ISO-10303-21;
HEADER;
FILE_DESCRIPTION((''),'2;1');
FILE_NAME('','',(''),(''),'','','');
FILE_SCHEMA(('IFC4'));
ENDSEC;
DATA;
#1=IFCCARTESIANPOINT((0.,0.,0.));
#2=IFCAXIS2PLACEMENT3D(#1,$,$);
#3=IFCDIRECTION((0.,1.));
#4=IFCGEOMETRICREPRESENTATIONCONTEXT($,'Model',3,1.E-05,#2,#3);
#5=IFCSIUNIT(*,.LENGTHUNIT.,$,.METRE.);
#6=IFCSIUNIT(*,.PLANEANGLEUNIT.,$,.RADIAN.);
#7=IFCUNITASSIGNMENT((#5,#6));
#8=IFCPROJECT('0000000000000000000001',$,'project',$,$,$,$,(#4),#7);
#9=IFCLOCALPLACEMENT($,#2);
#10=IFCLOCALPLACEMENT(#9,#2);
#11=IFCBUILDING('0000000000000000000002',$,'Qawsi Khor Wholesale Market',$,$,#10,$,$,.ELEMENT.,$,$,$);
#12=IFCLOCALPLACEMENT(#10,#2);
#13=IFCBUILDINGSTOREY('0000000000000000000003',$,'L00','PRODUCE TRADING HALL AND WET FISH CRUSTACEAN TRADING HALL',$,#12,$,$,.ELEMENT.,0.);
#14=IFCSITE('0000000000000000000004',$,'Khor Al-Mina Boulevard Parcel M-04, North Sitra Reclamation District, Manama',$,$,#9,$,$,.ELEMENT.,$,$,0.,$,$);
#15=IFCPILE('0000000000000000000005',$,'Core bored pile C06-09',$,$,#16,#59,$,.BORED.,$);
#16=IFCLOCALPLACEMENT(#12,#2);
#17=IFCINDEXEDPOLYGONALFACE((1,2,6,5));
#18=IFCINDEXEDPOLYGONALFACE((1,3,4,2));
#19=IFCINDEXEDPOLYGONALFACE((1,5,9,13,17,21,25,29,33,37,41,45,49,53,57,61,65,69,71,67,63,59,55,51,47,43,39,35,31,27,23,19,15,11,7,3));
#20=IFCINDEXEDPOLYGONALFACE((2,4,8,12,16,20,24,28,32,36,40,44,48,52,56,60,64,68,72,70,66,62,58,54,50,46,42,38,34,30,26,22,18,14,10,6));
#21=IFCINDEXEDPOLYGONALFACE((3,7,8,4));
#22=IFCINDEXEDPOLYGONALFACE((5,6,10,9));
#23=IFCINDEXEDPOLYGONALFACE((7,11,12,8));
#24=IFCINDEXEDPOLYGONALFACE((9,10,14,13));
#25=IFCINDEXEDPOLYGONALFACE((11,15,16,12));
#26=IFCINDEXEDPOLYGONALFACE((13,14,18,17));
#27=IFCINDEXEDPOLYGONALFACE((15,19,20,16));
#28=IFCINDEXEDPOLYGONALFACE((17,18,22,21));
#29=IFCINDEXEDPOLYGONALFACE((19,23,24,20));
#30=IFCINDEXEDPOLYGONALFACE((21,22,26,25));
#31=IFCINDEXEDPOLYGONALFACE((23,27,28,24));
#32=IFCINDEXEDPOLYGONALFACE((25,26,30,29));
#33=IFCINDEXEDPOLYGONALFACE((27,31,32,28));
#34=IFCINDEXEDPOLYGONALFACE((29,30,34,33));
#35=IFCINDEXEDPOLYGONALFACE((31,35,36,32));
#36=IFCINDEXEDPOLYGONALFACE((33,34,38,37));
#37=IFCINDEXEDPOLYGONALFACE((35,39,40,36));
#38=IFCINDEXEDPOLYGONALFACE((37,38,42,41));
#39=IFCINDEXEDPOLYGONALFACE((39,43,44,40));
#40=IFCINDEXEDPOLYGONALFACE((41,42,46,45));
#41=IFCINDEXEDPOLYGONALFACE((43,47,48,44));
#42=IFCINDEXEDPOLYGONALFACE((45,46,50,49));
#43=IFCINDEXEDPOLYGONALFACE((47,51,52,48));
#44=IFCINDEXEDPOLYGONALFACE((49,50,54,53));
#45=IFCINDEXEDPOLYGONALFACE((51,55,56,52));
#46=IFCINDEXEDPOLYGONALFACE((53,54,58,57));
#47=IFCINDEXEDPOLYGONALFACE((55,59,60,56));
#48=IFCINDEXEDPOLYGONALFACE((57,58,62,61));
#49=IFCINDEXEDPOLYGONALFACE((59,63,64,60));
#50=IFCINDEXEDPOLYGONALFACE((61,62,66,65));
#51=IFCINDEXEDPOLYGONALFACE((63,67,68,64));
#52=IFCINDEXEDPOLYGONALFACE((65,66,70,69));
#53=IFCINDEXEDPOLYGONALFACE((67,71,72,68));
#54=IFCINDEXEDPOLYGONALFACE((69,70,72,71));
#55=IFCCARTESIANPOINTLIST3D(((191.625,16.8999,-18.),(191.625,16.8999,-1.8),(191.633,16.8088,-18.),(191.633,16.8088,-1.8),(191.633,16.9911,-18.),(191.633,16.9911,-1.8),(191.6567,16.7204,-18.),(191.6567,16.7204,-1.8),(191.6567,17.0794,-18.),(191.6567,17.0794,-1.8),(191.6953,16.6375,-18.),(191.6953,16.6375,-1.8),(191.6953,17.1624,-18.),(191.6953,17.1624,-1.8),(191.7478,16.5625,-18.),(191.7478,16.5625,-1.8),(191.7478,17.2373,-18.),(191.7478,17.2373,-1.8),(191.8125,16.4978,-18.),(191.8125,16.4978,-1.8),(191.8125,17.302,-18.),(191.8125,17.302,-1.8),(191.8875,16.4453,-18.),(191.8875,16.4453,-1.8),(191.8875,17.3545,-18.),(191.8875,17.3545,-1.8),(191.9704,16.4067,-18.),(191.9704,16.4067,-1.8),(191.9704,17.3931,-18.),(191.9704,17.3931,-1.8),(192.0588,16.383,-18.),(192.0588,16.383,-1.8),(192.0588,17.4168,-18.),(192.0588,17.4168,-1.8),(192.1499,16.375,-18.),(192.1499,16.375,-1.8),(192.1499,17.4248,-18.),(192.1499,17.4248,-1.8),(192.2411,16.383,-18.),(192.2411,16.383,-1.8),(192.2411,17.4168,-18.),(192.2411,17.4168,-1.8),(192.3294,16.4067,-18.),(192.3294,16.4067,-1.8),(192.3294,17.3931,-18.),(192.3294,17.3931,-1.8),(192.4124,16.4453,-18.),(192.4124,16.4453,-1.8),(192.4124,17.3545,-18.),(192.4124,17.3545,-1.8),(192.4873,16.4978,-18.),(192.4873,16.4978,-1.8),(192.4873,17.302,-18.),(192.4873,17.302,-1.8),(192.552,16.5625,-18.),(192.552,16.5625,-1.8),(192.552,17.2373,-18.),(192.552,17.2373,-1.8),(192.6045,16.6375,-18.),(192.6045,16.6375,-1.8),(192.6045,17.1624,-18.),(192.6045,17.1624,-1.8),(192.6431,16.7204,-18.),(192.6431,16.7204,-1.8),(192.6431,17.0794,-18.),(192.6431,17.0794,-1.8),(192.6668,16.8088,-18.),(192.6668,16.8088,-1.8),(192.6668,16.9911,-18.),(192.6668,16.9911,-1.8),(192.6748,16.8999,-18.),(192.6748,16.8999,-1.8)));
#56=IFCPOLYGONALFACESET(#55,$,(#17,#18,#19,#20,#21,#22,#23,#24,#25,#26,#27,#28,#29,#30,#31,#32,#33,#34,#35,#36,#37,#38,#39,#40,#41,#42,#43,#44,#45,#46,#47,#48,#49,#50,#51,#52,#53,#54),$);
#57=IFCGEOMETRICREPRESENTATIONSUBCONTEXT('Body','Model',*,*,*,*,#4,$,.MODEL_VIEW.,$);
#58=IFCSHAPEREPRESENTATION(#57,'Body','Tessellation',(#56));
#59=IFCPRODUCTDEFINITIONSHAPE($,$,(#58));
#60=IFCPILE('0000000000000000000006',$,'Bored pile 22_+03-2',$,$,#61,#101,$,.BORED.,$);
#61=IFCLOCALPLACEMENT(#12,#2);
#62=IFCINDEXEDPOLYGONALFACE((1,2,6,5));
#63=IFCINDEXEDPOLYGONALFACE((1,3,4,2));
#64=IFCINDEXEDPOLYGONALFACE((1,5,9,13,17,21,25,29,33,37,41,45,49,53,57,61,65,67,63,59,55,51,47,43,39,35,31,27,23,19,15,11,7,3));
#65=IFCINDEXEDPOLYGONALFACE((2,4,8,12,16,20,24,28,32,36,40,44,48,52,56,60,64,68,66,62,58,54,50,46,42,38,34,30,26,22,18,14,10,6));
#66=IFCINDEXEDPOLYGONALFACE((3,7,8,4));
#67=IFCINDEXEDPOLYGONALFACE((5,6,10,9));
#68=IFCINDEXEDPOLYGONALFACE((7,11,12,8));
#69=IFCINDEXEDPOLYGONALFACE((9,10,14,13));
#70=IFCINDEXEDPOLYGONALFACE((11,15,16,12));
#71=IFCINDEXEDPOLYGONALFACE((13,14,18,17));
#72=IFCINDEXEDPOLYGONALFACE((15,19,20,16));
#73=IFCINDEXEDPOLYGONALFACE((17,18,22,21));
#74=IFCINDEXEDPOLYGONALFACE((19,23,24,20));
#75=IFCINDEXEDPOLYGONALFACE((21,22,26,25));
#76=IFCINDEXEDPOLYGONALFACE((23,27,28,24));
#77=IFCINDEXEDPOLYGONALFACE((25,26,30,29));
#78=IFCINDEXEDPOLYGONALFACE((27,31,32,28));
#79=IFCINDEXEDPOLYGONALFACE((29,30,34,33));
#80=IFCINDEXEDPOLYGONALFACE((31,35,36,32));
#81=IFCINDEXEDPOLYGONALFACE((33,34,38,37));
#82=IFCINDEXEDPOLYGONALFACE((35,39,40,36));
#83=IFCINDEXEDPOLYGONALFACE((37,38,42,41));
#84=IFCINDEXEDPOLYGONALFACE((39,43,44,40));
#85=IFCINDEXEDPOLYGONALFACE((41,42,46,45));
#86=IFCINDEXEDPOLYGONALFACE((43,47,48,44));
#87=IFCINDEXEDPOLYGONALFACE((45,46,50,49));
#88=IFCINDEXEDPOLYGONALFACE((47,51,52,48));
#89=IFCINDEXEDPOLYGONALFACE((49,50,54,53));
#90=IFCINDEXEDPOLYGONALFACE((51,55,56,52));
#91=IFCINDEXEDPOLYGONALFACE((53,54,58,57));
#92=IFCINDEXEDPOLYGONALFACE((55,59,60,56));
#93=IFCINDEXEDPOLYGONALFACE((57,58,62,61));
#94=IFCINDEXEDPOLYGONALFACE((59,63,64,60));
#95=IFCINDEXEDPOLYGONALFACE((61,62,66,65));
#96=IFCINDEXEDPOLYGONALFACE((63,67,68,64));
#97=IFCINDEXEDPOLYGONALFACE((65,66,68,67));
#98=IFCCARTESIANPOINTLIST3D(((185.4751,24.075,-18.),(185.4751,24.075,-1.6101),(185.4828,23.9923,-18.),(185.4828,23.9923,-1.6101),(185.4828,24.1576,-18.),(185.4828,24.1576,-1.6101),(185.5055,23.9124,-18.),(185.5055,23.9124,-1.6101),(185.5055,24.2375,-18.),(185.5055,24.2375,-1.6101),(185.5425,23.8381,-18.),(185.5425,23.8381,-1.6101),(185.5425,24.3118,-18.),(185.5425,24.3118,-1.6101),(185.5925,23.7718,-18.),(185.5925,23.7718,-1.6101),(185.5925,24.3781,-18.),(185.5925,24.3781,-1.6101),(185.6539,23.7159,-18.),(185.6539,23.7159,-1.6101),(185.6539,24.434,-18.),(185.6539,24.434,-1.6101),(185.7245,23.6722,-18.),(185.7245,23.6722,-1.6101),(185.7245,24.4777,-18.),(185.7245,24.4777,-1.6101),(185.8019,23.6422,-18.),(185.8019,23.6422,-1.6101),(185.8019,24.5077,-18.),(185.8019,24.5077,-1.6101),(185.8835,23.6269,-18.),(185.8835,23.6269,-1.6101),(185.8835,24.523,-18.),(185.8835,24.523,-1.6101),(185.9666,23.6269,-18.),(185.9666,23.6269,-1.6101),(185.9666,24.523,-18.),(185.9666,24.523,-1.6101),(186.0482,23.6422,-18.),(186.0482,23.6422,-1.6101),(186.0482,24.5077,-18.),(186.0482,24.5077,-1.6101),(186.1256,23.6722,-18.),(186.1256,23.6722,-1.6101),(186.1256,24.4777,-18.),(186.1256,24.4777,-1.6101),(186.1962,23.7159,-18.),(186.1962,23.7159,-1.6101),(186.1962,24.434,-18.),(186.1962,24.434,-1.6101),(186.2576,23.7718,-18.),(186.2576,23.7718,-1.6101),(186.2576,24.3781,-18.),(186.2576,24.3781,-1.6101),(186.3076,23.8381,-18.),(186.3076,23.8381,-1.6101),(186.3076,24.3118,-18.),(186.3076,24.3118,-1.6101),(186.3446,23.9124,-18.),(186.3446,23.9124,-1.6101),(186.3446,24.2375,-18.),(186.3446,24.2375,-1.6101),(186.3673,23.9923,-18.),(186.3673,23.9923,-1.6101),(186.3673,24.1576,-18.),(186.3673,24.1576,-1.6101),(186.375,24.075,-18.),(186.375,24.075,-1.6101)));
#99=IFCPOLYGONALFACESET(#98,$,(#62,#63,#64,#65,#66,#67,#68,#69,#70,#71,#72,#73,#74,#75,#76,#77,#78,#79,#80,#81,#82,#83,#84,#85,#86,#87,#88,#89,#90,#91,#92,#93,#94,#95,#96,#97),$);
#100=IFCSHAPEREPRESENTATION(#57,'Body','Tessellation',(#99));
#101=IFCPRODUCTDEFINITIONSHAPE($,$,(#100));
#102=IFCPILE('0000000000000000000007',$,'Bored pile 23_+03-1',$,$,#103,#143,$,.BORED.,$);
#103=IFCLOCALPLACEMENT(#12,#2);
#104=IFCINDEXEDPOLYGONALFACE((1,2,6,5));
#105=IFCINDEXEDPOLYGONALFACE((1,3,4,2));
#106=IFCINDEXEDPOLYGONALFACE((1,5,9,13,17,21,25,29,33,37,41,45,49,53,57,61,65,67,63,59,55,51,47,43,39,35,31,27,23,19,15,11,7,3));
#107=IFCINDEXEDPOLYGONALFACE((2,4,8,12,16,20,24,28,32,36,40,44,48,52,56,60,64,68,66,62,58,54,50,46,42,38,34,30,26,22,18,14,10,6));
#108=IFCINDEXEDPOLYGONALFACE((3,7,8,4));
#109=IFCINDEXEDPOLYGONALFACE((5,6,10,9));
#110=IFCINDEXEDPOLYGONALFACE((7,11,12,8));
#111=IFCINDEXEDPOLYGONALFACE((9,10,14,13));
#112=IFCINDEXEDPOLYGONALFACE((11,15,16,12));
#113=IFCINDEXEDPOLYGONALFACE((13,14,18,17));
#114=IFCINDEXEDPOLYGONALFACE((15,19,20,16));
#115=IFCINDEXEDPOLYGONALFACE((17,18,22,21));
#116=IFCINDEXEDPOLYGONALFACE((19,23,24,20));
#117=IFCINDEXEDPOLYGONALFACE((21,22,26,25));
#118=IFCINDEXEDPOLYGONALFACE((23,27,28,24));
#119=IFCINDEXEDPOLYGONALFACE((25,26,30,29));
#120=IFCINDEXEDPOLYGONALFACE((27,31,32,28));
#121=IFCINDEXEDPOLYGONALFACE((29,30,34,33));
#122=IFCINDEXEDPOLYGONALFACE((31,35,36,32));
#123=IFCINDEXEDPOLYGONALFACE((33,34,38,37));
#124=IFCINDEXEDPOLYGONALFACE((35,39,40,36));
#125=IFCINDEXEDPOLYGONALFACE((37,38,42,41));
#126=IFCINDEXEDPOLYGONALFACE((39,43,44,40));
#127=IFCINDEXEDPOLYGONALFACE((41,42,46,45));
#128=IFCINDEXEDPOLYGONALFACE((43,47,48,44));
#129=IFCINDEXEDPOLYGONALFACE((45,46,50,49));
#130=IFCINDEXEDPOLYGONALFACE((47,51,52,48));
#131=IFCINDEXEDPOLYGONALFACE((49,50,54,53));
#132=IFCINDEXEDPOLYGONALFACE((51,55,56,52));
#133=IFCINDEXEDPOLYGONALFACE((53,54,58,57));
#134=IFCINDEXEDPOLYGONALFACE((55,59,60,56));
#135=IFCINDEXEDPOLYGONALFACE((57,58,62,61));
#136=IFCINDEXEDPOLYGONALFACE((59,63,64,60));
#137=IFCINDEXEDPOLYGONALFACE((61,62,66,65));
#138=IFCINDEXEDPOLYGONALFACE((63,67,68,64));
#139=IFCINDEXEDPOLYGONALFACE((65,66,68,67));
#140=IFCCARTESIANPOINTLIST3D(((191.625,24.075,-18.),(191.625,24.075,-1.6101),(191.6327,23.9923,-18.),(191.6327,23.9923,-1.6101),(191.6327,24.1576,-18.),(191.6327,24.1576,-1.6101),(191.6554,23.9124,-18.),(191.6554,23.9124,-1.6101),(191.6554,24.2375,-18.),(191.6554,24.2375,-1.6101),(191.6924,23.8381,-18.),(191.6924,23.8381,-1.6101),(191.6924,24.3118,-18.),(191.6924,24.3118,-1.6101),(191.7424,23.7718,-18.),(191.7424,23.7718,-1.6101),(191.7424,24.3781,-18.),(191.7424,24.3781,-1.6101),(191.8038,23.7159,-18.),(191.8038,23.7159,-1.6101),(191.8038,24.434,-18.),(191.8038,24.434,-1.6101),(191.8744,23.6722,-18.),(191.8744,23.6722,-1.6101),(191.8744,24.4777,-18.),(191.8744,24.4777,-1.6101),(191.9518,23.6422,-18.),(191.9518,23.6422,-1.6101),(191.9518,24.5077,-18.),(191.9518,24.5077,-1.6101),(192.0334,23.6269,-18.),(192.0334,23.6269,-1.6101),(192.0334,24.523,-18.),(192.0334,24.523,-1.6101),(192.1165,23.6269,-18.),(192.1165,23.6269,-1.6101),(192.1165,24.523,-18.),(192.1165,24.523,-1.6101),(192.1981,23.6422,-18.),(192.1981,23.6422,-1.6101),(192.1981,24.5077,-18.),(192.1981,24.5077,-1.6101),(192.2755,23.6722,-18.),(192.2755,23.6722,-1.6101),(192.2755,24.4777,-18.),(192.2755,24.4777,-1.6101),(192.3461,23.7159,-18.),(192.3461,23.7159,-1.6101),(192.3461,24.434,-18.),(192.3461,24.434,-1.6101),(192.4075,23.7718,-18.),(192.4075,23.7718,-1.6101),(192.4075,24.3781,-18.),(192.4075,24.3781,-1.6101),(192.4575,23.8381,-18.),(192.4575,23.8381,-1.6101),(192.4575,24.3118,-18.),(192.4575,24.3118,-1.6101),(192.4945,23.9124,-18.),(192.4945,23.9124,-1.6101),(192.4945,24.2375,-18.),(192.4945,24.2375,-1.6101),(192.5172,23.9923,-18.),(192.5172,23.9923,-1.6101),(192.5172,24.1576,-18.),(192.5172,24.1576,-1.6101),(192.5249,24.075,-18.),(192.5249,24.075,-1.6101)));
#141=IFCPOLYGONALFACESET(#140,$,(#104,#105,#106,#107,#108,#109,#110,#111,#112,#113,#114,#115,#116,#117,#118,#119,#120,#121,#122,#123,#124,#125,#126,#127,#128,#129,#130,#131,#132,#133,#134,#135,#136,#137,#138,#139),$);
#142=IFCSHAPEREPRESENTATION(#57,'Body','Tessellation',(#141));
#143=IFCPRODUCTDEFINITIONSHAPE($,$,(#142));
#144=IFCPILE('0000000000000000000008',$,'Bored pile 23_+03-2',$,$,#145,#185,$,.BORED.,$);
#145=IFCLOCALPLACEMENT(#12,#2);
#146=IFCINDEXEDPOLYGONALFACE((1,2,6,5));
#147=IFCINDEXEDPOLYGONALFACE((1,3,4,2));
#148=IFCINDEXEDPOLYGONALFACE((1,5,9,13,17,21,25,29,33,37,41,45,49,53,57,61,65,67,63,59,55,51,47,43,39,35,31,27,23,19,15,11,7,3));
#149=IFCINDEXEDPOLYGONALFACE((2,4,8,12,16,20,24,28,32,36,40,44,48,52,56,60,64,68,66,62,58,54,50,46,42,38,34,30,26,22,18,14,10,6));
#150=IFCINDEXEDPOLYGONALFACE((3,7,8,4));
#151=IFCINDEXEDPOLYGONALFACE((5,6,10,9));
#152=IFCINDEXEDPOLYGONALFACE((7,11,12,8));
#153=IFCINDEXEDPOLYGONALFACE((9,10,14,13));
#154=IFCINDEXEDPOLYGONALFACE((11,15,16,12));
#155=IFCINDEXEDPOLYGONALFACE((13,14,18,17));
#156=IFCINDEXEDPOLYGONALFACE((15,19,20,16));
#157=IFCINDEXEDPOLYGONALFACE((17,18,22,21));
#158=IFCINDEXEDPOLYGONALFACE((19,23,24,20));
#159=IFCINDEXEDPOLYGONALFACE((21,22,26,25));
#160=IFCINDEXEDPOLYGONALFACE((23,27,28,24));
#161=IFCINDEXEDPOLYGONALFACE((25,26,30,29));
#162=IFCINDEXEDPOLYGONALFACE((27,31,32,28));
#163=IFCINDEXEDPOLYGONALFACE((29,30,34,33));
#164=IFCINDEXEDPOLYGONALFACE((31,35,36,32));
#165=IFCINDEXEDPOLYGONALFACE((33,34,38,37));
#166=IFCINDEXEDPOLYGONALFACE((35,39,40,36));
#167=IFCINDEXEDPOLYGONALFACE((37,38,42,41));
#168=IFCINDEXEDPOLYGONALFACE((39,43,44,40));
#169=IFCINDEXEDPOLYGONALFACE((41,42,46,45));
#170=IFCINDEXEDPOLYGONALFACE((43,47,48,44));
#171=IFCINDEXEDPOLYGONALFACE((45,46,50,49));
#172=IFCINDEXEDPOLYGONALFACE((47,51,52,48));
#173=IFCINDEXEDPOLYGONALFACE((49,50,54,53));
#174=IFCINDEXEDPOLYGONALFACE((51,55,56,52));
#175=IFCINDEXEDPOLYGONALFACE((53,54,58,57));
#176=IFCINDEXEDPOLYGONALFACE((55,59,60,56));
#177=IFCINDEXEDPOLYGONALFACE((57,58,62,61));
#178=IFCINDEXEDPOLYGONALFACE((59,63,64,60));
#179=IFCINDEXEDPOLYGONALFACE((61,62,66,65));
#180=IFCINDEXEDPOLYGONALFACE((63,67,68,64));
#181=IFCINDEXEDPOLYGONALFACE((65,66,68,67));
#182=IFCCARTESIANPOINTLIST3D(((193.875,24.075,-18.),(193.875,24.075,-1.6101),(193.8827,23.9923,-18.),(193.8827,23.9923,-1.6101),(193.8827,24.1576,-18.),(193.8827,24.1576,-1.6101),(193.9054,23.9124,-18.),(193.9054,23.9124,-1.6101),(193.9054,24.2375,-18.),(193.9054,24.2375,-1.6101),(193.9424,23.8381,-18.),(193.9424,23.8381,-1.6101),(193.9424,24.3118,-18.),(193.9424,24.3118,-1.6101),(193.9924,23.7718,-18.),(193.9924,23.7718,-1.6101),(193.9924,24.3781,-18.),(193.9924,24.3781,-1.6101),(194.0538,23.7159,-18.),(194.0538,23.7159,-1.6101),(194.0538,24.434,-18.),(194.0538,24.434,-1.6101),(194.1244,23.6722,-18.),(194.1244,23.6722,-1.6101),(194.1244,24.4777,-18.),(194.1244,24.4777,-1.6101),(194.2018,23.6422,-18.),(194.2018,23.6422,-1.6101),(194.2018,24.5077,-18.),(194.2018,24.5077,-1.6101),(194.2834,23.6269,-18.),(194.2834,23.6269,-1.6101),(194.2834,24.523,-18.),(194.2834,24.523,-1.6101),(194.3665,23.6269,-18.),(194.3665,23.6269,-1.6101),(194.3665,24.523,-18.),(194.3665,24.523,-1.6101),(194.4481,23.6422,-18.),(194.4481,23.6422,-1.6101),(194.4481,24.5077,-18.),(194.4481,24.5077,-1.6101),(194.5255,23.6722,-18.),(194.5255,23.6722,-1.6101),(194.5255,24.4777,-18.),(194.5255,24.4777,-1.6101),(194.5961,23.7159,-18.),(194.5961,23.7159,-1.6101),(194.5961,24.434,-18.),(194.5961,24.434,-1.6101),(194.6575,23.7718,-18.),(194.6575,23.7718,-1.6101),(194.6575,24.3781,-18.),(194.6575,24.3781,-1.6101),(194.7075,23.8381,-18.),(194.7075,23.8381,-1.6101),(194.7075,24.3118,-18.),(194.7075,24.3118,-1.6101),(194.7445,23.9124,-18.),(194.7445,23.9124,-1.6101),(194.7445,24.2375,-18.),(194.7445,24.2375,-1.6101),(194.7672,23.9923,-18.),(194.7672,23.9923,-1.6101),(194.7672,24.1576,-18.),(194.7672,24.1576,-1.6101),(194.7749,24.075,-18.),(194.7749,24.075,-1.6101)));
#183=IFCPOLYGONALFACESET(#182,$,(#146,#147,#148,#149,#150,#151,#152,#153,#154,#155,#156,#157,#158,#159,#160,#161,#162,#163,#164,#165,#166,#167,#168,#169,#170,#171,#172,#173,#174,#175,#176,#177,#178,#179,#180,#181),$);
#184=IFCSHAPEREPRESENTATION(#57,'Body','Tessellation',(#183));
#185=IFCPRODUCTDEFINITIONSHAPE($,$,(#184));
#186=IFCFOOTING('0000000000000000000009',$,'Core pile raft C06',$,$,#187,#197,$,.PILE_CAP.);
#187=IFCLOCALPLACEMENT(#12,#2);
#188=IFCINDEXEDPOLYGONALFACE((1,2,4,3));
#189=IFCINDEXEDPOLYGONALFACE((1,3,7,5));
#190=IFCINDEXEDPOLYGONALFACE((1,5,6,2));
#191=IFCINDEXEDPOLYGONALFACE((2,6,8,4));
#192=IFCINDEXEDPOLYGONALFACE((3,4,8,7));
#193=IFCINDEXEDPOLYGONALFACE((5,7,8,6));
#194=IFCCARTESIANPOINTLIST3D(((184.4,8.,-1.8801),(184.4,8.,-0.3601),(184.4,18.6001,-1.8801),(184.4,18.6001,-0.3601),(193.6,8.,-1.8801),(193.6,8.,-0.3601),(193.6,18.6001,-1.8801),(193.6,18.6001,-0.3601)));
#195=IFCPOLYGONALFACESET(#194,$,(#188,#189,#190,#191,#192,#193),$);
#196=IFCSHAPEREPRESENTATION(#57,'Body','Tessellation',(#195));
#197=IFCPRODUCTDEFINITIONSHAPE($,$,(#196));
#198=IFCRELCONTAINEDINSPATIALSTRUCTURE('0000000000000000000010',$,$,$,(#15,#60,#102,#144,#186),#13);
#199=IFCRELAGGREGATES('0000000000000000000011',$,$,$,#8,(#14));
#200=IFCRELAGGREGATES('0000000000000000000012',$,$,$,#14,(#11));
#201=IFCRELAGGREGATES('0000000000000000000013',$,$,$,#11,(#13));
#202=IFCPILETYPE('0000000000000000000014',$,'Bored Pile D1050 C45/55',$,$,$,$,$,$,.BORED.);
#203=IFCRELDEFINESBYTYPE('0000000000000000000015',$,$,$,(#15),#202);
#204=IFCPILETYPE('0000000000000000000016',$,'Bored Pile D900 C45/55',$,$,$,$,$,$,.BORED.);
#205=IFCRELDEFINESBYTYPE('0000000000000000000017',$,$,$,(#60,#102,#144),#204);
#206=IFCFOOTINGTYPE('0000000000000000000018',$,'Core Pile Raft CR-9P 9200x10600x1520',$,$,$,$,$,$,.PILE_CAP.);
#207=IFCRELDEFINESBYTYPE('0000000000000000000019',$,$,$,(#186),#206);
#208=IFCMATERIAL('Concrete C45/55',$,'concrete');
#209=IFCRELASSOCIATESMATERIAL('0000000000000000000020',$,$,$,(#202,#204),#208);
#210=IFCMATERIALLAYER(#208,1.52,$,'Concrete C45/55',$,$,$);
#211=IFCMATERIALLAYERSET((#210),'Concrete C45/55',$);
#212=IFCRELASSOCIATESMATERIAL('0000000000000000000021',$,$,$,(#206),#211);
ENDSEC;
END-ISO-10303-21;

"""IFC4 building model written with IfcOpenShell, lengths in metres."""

from ifc_helpers import new_model, si_unit, direction, frame, origin, origin_2d, place, context, subcontext, project, spatial, rectangle, circle, extrude, material, layer, layer_set, material_profile, profile_set, type_object, element, save


model = new_model("IFC4")

# Units and contexts
model_context = context("Model", 3, precision=1e-05, world=origin(), true_north=direction((0.0, 1.0)))
body_context = subcontext(model_context, "Body", "Model", "MODEL_VIEW")
ifc_project = project(units=[si_unit("LENGTHUNIT", "METRE"), si_unit("PLANEANGLEUNIT", "RADIAN")], contexts=[model_context])

# Site, building, storey
site_placement = place(None, origin())
site = spatial("IfcSite", under=ifc_project, at=site_placement, Name="Khor Al-Mina Boulevard Parcel M-04, North Sitra Reclamation District, Manama", CompositionType="ELEMENT", RefElevation=0.0)
building_placement = place(site_placement, origin())
building = spatial("IfcBuilding", under=site, at=building_placement, Name="Qawsi Khor Wholesale Market", CompositionType="ELEMENT")
storey_placement = place(building_placement, origin())
storey = spatial("IfcBuildingStorey", under=building, at=storey_placement, Name="L00", Description="PRODUCE TRADING HALL AND WET FISH CRUSTACEAN TRADING HALL", CompositionType="ELEMENT", Elevation=0.0)

# Piles
ifc_material_1 = material(Name="Concrete C45/55", Category="concrete")
ifc_material_profile_1 = material_profile(ifc_material_1, circle(Radius=0.5249, at=origin_2d()), Name="PILE D1050")
ifc_profile_set_1 = profile_set([ifc_material_profile_1], Name="Concrete C45/55")
pile_type_1 = type_object("IfcPileType", Name="Bored Pile D1050 C45/55", PredefinedType="BORED", material=ifc_profile_set_1)
for number, where, z_axis, x_axis, name in (
    (1, (192.1499, 16.8999, -1.8), (0.0, 0.0, -1.0), (1.0, 0.0, 0.0), "Core bored pile C06-09"),
):
    element("IfcPile", number, at=place(storey_placement, frame(where, z_axis=z_axis, x_axis=x_axis)), inside=storey, type_object=pile_type_1, Name=name, PredefinedType="BORED", context=body_context, shape_type="SweptSolid", body=[
        extrude(circle(Radius=0.5249, at=origin_2d()), origin(), (0.0, 0.0, 1.0), 16.2),
    ])
ifc_material_profile_2 = material_profile(ifc_material_1, circle(Radius=0.45, at=origin_2d()), Name="PILE D900")
ifc_profile_set_2 = profile_set([ifc_material_profile_2], Name="Concrete C45/55")
pile_type_2 = type_object("IfcPileType", Name="Bored Pile D900 C45/55", PredefinedType="BORED", material=ifc_profile_set_2)
for number, where, z_axis, x_axis, name in (
    (2, (185.925, 24.075, -1.6101), (0.0, 0.0, -1.0), (1.0, 0.0, 0.0), "Bored pile 22_+03-2"),
    (3, (192.075, 24.075, -1.6101), (0.0, 0.0, -1.0), (1.0, 0.0, 0.0), "Bored pile 23_+03-1"),
    (4, (194.325, 24.075, -1.6101), (0.0, 0.0, -1.0), (1.0, 0.0, 0.0), "Bored pile 23_+03-2"),
):
    element("IfcPile", number, at=place(storey_placement, frame(where, z_axis=z_axis, x_axis=x_axis)), inside=storey, type_object=pile_type_2, Name=name, PredefinedType="BORED", context=body_context, shape_type="SweptSolid", body=[
        extrude(circle(Radius=0.45, at=origin_2d()), origin(), (0.0, 0.0, 1.0), 16.3899),
    ])

# Footing
ifc_layer_1 = layer(ifc_material_1, 1.52, Name="Concrete C45/55")
ifc_layer_set_1 = layer_set([ifc_layer_1], Name="Concrete C45/55")
footing_type_1 = type_object("IfcFootingType", Name="Core Pile Raft CR-9P 9200x10600x1520", PredefinedType="PILE_CAP", material=ifc_layer_set_1)
footing_1_placement = place(storey_placement, frame((189.0, 13.3, -1.8801), z_axis=(0.0, 0.0, 1.0), x_axis=(1.0, 0.0, 0.0)))
element("IfcFooting", 5, at=footing_1_placement, inside=storey, type_object=footing_type_1, Name="Core pile raft C06", PredefinedType="PILE_CAP", context=body_context, shape_type="SweptSolid", body=[
    extrude(rectangle(XDim=9.2, YDim=10.6001, at=origin_2d()), origin(), (0.0, 0.0, 1.0), 1.52),
])

save(model, "model.ifc")
